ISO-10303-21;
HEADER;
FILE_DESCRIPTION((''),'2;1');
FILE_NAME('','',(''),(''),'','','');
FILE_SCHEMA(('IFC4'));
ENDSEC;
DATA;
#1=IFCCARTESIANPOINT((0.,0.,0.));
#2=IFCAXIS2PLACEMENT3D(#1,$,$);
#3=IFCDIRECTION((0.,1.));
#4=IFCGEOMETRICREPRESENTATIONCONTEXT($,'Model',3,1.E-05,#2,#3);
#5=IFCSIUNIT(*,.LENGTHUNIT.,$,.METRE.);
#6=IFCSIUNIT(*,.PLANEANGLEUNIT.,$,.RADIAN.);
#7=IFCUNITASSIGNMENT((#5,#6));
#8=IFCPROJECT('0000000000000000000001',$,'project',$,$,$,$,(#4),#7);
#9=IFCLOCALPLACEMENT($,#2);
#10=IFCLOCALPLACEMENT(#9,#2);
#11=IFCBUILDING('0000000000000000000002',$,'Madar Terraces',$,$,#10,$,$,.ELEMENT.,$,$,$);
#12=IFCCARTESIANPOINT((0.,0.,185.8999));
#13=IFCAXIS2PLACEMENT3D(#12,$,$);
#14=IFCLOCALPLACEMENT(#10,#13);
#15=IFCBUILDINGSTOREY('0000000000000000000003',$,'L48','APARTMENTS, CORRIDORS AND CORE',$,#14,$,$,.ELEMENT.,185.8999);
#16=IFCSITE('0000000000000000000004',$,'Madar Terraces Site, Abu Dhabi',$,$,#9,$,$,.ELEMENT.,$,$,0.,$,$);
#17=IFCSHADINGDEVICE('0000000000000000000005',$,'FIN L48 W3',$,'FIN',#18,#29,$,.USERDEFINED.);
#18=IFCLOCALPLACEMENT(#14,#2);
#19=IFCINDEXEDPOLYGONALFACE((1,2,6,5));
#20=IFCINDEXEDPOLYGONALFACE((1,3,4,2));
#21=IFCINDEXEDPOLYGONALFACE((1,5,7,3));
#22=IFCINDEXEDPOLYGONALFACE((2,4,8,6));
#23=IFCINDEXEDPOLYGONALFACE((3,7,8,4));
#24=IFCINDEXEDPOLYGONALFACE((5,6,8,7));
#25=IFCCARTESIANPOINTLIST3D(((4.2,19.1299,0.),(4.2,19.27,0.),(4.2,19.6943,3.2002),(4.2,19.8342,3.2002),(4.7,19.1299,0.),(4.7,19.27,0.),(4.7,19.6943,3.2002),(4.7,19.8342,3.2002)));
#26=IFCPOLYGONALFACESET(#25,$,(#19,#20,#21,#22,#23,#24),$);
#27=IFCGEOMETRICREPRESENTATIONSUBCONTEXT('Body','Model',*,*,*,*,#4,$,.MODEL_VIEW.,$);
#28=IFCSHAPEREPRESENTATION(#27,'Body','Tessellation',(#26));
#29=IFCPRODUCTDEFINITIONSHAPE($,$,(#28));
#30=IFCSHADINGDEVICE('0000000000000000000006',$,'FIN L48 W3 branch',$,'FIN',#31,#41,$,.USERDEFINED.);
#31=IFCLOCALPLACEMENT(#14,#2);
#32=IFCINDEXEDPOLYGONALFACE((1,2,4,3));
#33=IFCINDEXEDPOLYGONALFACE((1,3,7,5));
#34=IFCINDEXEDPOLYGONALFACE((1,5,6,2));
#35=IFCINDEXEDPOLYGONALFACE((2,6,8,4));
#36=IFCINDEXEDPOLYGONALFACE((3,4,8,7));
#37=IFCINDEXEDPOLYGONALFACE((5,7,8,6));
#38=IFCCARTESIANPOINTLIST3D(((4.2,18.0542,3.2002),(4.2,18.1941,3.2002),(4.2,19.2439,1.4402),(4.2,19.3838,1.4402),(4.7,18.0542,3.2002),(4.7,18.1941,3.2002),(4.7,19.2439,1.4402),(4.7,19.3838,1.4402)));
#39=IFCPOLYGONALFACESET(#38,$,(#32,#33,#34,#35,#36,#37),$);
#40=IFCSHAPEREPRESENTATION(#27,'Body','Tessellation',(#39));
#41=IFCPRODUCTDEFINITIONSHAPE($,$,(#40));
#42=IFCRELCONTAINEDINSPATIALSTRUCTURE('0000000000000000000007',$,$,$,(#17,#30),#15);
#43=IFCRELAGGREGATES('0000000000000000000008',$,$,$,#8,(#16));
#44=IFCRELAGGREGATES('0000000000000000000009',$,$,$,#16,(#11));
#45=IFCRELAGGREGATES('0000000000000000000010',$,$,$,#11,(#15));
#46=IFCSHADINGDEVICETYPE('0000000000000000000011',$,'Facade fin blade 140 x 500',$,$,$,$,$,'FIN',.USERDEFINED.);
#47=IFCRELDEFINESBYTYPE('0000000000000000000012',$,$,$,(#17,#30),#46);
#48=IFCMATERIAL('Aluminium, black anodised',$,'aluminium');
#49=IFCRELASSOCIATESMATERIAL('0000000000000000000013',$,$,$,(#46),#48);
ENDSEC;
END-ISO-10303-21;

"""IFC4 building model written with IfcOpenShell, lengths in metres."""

from ifc_helpers import new_model, si_unit, direction, frame, origin, place, context, subcontext, project, spatial, polyline, outline, extrude, material, type_object, element, save


model = new_model("IFC4")

# Units and contexts
model_context = context("Model", 3, precision=1e-05, world=origin(), true_north=direction((0.0, 1.0)))
body_context = subcontext(model_context, "Body", "Model", "MODEL_VIEW")
ifc_project = project(units=[si_unit("LENGTHUNIT", "METRE"), si_unit("PLANEANGLEUNIT", "RADIAN")], contexts=[model_context])

# Site, building, storey
site_placement = place(None, origin())
site = spatial("IfcSite", under=ifc_project, at=site_placement, Name="Madar Terraces Site, Abu Dhabi", CompositionType="ELEMENT", RefElevation=0.0)
building_placement = place(site_placement, origin())
building = spatial("IfcBuilding", under=site, at=building_placement, Name="Madar Terraces", CompositionType="ELEMENT")
storey_placement = place(building_placement, frame((0.0, 0.0, 185.8999)))
storey = spatial("IfcBuildingStorey", under=building, at=storey_placement, Name="L48", Description="APARTMENTS, CORRIDORS AND CORE", CompositionType="ELEMENT", Elevation=185.8999)

# Shading devices
ifc_material_1 = material(Name="Aluminium, black anodised", Category="aluminium")
shading_device_type = type_object("IfcShadingDeviceType", Name="Facade fin blade 140 x 500", ElementType="FIN", PredefinedType="USERDEFINED", material=ifc_material_1)
shading_device_1_placement = place(storey_placement, frame((4.45, 19.27, 0.0), z_axis=(0.0, 0.0, 1.0), x_axis=(0.0, -1.0, 0.0)))
element("IfcShadingDevice", 1, at=shading_device_1_placement, inside=storey, type_object=shading_device_type, Name="FIN L48 W3", ObjectType="FIN", PredefinedType="USERDEFINED", context=body_context, shape_type="SweptSolid", body=[
    extrude(outline(polyline([(0.0, 0.0), (0.1401, 0.0), (-0.4243, 3.2002), (-0.5642, 3.2002), (0.0, 0.0)])), frame((0.0, 0.25, 0.0), z_axis=(0.0, -1.0, 0.0), x_axis=(1.0, 0.0, 0.0)), (0.0, 0.0, 1.0), 0.5),
])
shading_device_2_placement = place(storey_placement, frame((4.45, 19.3838, 1.4402), z_axis=(0.0, 0.0, 1.0), x_axis=(0.0, -1.0, 0.0)))
element("IfcShadingDevice", 2, at=shading_device_2_placement, inside=storey, type_object=shading_device_type, Name="FIN L48 W3 branch", ObjectType="FIN", PredefinedType="USERDEFINED", context=body_context, shape_type="SweptSolid", body=[
    extrude(outline(polyline([(0.0, 0.0), (0.1399, 0.0), (1.3296, 1.76), (1.1897, 1.76), (0.0, 0.0)])), frame((0.0, 0.25, 0.0), z_axis=(0.0, -1.0, 0.0), x_axis=(1.0, 0.0, 0.0)), (0.0, 0.0, 1.0), 0.5),
])

save(model, "model.ifc")
